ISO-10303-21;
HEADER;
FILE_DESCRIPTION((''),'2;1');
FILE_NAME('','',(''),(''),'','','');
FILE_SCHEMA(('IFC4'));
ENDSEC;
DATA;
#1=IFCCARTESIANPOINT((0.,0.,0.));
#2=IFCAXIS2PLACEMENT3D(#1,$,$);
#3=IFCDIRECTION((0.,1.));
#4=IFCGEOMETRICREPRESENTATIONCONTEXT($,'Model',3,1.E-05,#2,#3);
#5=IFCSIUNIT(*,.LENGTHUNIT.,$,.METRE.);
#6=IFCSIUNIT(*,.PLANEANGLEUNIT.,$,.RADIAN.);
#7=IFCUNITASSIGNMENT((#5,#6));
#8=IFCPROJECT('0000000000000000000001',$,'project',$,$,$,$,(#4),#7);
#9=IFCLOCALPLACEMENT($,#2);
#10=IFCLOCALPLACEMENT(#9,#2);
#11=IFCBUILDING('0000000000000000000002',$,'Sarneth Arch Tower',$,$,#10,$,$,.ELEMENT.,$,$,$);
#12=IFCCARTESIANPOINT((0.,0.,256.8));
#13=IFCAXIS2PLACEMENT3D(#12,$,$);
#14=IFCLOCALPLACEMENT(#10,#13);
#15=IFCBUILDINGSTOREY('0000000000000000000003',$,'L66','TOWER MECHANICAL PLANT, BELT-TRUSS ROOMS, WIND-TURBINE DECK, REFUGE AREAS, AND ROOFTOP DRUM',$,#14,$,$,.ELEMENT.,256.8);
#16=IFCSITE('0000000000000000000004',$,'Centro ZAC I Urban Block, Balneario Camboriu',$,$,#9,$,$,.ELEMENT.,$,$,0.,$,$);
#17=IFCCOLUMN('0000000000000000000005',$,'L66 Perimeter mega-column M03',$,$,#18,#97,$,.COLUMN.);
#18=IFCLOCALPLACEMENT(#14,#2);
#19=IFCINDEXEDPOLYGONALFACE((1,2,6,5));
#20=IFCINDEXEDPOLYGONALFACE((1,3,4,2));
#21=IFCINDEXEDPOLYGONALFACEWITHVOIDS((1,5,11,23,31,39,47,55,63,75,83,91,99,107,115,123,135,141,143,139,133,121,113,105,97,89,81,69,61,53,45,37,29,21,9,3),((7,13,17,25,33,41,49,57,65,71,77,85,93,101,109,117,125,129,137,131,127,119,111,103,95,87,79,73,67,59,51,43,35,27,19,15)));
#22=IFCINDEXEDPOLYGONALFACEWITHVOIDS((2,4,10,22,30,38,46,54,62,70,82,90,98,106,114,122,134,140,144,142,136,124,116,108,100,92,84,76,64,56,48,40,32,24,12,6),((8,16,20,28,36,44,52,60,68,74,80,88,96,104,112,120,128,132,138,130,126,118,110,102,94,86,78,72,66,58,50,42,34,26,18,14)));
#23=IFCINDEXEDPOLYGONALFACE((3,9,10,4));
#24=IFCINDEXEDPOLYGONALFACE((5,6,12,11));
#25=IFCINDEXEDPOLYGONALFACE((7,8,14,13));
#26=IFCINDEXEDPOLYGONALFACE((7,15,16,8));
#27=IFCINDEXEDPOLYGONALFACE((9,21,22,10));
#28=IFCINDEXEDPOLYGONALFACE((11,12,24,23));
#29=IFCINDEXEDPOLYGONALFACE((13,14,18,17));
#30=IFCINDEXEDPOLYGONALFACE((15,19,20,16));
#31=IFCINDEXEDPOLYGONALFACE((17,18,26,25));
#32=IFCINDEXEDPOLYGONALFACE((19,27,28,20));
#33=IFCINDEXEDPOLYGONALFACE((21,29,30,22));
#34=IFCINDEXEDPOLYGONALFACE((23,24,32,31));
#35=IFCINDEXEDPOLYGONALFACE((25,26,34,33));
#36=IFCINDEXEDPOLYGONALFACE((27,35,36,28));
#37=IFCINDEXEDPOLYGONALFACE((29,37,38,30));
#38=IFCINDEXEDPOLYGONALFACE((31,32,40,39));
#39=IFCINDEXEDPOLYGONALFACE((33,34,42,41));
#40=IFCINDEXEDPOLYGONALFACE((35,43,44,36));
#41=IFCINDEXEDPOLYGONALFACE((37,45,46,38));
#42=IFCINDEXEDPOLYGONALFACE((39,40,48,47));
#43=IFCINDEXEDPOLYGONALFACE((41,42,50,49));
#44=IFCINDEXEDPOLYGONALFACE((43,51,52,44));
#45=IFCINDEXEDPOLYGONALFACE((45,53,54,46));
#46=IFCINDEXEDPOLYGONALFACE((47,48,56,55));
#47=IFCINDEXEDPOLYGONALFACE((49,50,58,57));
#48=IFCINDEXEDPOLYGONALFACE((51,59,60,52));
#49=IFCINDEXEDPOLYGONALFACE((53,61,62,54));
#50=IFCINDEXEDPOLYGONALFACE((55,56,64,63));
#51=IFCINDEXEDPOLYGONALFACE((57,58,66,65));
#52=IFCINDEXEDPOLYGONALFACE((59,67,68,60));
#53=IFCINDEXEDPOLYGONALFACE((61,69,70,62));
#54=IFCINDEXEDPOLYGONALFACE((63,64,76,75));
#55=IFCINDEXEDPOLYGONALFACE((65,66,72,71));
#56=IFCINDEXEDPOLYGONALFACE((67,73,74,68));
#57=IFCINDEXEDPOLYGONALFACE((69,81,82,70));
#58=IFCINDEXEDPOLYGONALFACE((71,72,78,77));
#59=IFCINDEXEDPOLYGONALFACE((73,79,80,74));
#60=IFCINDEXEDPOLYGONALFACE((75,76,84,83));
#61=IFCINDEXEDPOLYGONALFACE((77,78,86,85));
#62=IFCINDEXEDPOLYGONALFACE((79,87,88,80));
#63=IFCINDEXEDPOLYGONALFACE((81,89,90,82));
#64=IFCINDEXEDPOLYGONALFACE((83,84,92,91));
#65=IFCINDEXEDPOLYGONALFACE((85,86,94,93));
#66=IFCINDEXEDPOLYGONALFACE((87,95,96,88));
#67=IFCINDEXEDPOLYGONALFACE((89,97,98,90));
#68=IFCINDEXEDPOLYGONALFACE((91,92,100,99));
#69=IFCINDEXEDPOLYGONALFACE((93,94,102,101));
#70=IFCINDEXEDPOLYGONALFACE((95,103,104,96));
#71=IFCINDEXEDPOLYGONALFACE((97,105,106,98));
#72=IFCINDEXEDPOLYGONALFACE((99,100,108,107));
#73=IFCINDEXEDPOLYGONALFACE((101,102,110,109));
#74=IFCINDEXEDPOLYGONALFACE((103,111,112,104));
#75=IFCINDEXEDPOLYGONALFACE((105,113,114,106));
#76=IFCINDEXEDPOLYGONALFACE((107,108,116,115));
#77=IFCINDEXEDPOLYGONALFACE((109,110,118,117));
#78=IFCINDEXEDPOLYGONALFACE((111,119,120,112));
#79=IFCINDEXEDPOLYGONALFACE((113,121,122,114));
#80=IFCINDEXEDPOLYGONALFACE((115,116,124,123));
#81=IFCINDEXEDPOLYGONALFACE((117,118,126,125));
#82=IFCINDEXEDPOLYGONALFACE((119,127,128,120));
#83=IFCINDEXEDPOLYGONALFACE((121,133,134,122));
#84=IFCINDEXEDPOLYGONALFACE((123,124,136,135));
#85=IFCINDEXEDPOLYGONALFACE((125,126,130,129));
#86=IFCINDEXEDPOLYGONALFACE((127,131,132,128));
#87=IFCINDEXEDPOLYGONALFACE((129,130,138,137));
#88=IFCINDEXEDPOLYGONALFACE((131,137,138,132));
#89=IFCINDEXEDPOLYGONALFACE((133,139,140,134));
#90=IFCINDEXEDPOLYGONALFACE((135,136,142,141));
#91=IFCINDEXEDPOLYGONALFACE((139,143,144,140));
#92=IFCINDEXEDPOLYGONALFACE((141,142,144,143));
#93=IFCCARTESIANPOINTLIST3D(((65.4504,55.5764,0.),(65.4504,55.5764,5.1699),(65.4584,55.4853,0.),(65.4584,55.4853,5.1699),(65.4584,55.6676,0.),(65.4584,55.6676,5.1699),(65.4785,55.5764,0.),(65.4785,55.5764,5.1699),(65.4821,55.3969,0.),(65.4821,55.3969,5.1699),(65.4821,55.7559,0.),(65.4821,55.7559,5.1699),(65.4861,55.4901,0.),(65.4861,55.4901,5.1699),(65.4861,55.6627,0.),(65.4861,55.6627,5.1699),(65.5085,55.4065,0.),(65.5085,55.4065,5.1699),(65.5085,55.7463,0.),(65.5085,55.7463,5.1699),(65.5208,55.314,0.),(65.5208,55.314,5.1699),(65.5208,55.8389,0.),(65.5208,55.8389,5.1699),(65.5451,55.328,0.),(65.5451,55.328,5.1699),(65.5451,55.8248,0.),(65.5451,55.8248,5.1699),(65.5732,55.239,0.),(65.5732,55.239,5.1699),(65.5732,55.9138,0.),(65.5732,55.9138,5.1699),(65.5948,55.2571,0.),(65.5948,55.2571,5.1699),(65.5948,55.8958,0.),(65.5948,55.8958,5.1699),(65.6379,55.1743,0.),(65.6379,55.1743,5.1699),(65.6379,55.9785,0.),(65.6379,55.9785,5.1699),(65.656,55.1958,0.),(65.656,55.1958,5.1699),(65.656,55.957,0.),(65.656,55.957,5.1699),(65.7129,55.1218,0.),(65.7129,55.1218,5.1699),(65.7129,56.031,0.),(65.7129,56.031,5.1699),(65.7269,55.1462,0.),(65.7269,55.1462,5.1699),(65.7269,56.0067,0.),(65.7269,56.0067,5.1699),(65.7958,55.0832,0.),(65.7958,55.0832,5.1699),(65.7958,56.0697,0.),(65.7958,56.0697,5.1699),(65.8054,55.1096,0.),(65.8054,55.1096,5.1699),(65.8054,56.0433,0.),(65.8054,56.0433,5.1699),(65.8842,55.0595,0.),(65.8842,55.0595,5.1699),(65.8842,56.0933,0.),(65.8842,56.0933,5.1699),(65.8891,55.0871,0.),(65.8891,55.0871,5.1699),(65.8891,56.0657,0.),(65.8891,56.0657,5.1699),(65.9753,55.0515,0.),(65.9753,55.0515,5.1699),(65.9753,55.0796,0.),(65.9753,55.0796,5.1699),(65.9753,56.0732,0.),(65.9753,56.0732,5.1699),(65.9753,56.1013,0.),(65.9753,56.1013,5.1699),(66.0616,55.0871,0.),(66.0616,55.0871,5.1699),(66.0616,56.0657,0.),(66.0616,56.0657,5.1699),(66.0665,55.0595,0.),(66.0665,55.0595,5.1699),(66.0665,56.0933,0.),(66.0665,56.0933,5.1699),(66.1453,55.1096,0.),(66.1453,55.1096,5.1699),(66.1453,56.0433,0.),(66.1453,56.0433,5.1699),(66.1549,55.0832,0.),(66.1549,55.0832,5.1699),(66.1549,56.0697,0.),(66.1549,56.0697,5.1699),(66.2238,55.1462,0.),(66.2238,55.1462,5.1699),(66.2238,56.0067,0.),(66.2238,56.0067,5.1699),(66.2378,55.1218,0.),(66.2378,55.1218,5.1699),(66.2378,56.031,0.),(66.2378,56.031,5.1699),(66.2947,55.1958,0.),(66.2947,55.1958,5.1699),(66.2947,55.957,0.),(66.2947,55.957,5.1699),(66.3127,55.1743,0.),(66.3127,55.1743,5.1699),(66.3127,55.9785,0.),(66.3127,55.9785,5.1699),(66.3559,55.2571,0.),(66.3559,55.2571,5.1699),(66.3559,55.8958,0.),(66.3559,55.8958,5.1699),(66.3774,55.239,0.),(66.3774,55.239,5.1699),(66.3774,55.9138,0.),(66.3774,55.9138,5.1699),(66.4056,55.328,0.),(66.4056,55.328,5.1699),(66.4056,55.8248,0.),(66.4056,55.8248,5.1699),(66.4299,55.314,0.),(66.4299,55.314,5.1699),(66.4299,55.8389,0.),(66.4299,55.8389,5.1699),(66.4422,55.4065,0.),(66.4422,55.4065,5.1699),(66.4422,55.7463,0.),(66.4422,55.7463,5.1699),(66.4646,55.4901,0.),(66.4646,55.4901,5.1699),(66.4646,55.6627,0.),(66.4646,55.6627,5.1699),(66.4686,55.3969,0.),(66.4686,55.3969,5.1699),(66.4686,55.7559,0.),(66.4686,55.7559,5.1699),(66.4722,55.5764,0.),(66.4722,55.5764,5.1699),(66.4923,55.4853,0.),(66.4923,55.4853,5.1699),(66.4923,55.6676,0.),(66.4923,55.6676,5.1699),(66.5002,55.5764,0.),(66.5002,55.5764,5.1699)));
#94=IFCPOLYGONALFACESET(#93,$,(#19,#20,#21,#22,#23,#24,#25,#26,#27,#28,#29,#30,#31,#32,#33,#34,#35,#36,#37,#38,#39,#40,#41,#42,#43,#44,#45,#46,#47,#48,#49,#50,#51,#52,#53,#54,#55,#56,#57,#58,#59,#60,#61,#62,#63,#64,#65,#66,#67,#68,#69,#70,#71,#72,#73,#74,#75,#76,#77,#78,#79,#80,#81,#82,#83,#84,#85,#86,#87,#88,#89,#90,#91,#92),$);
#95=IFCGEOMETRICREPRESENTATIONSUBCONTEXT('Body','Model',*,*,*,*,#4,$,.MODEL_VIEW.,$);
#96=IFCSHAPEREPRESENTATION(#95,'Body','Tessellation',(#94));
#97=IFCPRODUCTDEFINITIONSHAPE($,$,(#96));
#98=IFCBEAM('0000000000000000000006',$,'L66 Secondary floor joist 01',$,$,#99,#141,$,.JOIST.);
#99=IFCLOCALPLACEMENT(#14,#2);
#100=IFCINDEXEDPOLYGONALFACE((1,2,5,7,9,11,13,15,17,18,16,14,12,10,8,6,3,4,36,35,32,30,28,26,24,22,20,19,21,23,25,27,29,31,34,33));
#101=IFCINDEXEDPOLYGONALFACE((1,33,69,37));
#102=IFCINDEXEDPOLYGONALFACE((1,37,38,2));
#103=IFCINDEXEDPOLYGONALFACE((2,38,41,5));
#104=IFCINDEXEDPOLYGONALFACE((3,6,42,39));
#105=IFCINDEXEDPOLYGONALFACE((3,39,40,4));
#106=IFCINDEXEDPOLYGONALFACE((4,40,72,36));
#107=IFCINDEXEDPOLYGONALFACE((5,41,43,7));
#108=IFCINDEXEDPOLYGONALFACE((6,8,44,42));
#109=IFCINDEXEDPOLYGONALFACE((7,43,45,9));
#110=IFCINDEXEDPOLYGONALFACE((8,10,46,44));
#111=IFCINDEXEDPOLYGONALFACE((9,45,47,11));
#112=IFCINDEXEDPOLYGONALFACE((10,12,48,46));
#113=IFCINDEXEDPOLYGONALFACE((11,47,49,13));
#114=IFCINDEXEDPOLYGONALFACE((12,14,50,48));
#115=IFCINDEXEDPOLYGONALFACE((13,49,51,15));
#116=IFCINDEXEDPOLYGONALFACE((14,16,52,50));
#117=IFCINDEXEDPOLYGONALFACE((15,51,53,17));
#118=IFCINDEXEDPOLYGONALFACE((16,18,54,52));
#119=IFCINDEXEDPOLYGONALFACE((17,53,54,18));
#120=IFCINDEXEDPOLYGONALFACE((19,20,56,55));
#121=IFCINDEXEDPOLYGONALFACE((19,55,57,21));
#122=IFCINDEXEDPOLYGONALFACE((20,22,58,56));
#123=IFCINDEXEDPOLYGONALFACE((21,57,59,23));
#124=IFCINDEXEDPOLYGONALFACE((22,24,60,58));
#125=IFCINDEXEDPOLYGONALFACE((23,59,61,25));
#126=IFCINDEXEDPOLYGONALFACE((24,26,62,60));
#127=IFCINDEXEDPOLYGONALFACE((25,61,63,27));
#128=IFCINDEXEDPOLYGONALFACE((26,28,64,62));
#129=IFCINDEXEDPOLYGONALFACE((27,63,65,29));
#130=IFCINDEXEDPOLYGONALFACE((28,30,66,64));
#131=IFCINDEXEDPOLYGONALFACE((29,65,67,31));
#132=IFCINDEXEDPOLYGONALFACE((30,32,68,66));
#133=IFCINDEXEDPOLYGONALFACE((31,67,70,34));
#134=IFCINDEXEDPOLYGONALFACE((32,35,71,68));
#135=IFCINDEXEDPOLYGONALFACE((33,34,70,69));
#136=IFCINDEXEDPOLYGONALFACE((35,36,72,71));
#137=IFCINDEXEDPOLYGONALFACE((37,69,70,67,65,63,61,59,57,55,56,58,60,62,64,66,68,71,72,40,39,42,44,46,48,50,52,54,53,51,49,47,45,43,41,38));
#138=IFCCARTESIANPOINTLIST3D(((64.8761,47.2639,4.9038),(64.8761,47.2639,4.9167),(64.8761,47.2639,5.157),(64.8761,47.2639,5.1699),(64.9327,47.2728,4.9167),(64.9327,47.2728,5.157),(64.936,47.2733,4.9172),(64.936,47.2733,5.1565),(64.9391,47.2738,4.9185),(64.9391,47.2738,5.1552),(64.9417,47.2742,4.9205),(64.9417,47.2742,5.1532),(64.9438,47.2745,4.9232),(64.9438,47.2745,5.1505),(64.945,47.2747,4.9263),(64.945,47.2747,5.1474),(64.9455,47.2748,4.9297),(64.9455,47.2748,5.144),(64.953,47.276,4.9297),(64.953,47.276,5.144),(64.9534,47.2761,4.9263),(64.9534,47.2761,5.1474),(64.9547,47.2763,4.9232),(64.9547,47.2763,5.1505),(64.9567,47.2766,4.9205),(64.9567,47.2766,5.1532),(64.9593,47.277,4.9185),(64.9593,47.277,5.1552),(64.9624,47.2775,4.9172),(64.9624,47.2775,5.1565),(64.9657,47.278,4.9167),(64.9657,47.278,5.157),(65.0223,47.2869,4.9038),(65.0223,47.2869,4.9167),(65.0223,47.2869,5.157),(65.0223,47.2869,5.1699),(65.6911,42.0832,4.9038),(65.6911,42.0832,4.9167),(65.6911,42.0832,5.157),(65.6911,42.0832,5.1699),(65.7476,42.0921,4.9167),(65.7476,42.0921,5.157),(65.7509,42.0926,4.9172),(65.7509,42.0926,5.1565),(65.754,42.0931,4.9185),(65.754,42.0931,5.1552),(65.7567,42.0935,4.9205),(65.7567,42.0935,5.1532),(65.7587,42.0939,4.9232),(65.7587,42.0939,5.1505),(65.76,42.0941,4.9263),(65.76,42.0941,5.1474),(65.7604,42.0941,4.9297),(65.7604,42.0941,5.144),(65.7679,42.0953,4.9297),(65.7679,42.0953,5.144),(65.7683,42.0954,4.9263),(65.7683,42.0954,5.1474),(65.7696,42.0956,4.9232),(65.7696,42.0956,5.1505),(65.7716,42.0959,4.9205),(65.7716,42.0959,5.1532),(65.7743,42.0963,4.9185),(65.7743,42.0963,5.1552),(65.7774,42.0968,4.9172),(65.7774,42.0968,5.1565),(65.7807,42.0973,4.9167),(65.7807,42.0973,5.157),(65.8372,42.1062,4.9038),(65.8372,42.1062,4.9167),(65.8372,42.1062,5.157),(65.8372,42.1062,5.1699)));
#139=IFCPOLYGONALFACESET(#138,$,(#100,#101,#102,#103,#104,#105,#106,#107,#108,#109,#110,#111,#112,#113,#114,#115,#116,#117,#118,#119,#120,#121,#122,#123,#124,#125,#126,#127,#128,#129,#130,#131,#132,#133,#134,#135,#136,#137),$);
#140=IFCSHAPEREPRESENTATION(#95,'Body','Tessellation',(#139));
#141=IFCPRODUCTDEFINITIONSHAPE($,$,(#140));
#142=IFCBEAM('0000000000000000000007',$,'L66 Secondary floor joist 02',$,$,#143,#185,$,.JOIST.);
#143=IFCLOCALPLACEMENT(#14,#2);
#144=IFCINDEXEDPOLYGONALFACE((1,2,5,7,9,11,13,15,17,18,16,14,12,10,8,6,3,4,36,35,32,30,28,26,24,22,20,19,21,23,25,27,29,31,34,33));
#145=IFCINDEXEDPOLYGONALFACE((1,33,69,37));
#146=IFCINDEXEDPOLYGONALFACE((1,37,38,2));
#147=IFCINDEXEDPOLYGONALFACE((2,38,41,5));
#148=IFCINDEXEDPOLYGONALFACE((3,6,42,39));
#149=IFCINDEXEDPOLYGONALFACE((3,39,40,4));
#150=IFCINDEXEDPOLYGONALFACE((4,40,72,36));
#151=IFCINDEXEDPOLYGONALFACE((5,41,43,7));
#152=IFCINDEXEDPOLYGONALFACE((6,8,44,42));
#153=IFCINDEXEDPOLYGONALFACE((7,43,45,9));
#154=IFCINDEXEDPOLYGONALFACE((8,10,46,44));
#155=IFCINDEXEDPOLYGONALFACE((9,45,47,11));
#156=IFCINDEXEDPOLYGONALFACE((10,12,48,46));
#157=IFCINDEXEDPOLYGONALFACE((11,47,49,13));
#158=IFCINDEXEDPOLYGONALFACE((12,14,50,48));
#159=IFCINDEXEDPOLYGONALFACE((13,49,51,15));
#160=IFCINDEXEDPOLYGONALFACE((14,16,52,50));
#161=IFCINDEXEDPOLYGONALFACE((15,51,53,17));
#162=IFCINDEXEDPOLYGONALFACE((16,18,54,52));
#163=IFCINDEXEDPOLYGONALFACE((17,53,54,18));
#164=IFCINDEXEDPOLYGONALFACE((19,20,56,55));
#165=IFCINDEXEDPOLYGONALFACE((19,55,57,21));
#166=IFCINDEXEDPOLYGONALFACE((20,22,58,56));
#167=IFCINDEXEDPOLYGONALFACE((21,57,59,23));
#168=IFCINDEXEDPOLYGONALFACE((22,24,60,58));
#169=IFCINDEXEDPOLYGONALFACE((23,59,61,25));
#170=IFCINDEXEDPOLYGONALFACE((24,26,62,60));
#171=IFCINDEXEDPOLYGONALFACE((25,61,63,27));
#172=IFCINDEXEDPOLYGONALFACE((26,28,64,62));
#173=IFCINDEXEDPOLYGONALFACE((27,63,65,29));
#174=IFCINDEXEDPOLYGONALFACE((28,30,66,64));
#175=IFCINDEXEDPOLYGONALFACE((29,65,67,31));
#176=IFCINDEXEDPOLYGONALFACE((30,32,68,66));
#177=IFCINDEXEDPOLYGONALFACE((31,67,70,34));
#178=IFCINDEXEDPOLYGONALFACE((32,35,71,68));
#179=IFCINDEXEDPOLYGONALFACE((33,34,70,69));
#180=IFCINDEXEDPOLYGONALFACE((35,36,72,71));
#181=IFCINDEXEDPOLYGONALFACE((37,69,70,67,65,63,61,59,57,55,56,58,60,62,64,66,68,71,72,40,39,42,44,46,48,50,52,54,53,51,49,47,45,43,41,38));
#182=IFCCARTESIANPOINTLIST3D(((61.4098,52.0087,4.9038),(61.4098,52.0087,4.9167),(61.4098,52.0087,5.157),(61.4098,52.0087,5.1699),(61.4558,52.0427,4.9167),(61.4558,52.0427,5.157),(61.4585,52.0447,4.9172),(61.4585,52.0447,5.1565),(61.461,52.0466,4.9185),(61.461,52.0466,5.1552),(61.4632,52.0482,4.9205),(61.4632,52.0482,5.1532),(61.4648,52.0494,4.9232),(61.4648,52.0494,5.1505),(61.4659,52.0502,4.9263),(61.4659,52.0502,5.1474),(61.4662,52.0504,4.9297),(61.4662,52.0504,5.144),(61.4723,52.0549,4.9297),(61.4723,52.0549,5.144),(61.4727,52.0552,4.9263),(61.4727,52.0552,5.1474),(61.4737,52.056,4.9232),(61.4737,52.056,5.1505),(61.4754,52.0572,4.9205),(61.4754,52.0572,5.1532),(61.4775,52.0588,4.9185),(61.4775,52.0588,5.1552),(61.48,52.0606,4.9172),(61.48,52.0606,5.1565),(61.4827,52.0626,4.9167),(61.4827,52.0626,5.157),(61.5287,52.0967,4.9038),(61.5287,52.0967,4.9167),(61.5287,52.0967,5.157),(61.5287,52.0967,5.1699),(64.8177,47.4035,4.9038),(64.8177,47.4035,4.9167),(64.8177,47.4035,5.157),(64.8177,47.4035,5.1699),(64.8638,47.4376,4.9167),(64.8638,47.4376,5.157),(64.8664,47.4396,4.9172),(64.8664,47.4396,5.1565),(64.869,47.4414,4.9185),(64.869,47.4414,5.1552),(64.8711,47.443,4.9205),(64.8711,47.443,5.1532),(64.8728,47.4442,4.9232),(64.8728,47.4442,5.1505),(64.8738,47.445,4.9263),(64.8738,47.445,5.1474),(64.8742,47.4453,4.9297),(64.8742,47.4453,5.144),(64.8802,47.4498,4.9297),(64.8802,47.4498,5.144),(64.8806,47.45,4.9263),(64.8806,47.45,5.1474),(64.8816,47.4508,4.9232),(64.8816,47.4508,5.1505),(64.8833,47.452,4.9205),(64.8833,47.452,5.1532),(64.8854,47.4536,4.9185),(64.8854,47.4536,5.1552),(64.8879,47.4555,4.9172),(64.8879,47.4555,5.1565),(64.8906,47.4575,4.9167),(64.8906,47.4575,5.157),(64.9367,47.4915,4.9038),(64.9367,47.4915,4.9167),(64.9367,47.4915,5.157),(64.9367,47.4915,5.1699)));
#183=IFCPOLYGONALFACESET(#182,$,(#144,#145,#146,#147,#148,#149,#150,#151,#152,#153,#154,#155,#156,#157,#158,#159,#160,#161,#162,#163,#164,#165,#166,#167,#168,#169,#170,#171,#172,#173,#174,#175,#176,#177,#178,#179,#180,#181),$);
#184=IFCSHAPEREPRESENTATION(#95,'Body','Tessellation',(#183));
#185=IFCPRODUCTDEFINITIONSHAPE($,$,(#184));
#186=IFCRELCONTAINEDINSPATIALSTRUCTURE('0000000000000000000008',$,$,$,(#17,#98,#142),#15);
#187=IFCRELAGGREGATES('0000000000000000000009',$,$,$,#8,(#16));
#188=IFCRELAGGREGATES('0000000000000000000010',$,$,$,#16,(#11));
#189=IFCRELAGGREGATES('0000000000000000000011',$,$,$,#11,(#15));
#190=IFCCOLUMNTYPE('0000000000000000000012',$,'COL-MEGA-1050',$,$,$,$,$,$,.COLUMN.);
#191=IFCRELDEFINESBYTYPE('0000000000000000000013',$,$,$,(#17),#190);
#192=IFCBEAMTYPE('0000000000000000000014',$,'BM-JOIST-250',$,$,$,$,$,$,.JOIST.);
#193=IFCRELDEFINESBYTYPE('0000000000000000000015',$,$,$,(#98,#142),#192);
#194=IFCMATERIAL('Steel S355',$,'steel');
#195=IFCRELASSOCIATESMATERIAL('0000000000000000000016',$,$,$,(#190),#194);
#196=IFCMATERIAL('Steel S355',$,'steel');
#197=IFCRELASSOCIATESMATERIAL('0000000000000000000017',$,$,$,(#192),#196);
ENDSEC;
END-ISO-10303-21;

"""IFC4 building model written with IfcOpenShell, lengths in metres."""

from ifc_helpers import new_model, si_unit, direction, frame, origin, origin_2d, place, context, subcontext, project, spatial, hollow_circle, i_section, extrude, material, material_profile, profile_set, type_object, element, save


model = new_model("IFC4")

# Units and contexts
model_context = context("Model", 3, precision=1e-05, world=origin(), true_north=direction((0.0, 1.0)))
body_context = subcontext(model_context, "Body", "Model", "MODEL_VIEW")
ifc_project = project(units=[si_unit("LENGTHUNIT", "METRE"), si_unit("PLANEANGLEUNIT", "RADIAN")], contexts=[model_context])

# Site, building, storey
site_placement = place(None, origin())
site = spatial("IfcSite", under=ifc_project, at=site_placement, Name="Centro ZAC I Urban Block, Balneario Camboriu", CompositionType="ELEMENT", RefElevation=0.0)
building_placement = place(site_placement, origin())
building = spatial("IfcBuilding", under=site, at=building_placement, Name="Sarneth Arch Tower", CompositionType="ELEMENT")
storey_placement = place(building_placement, frame((0.0, 0.0, 256.8)))
storey = spatial("IfcBuildingStorey", under=building, at=storey_placement, Name="L66", Description="TOWER MECHANICAL PLANT, BELT-TRUSS ROOMS, WIND-TURBINE DECK, REFUGE AREAS, AND ROOFTOP DRUM", CompositionType="ELEMENT", Elevation=256.8)

# Column
ifc_material_1 = material(Name="Steel S355", Category="steel")
ifc_material_profile_1 = material_profile(ifc_material_1, hollow_circle(Radius=0.5249, WallThickness=0.0281, at=origin_2d()), Name="CHS1050x28")
ifc_profile_set_1 = profile_set([ifc_material_profile_1], Name="Steel S355")
column_type = type_object("IfcColumnType", Name="COL-MEGA-1050", PredefinedType="COLUMN", material=ifc_profile_set_1)
for number, where, z_axis, x_axis, name in (
    (1, (65.9753, 55.5764, 0.0), (0.0, 0.0, 1.0), (1.0, 0.0, 0.0), "L66 Perimeter mega-column M03"),
):
    element("IfcColumn", number, at=place(storey_placement, frame(where, z_axis=z_axis, x_axis=x_axis)), inside=storey, type_object=column_type, Name=name, PredefinedType="COLUMN", context=body_context, shape_type="SweptSolid", body=[
        extrude(hollow_circle(Radius=0.5249, WallThickness=0.0281, at=origin_2d()), origin(), (0.0, 0.0, 1.0), 5.1699),
    ])

# Beams
ifc_material_2 = material(Name="Steel S355", Category="steel")
ifc_material_profile_2 = material_profile(ifc_material_2, i_section(OverallWidth=0.1479, OverallDepth=0.2661, WebThickness=0.0076, FlangeThickness=0.0129, FilletRadius=0.0129, at=origin_2d()), Name="W250x44.8")
ifc_profile_set_2 = profile_set([ifc_material_profile_2], Name="Steel S355")
beam_type_1 = type_object("IfcBeamType", Name="BM-JOIST-250", PredefinedType="JOIST", material=ifc_profile_set_2)
beam_1_placement = place(storey_placement, frame((65.7642, 42.0947, 5.0369), z_axis=(-0.155394, 0.987853, 0.0), x_axis=(-0.987853, -0.155394, 0.0)))
element("IfcBeam", 2, at=beam_1_placement, inside=storey, type_object=beam_type_1, Name="L66 Secondary floor joist 01", PredefinedType="JOIST", context=body_context, shape_type="SweptSolid", body=[
    extrude(i_section(OverallWidth=0.1479, OverallDepth=0.2661, WebThickness=0.0076, FlangeThickness=0.0129, FilletRadius=0.0129, at=origin_2d()), origin(), (0.0, 0.0, 1.0), 5.2444),
])
beam_2_placement = place(storey_placement, frame((64.8772, 47.4475, 5.0369), z_axis=(-0.594853, 0.803834, 0.0), x_axis=(-0.803834, -0.594853, 0.0)))
element("IfcBeam", 3, at=beam_2_placement, inside=storey, type_object=beam_type_1, Name="L66 Secondary floor joist 02", PredefinedType="JOIST", context=body_context, shape_type="SweptSolid", body=[
    extrude(i_section(OverallWidth=0.1479, OverallDepth=0.2661, WebThickness=0.0076, FlangeThickness=0.0129, FilletRadius=0.0129, at=origin_2d()), origin(), (0.0, 0.0, 1.0), 5.729),
])

save(model, "model.ifc")
